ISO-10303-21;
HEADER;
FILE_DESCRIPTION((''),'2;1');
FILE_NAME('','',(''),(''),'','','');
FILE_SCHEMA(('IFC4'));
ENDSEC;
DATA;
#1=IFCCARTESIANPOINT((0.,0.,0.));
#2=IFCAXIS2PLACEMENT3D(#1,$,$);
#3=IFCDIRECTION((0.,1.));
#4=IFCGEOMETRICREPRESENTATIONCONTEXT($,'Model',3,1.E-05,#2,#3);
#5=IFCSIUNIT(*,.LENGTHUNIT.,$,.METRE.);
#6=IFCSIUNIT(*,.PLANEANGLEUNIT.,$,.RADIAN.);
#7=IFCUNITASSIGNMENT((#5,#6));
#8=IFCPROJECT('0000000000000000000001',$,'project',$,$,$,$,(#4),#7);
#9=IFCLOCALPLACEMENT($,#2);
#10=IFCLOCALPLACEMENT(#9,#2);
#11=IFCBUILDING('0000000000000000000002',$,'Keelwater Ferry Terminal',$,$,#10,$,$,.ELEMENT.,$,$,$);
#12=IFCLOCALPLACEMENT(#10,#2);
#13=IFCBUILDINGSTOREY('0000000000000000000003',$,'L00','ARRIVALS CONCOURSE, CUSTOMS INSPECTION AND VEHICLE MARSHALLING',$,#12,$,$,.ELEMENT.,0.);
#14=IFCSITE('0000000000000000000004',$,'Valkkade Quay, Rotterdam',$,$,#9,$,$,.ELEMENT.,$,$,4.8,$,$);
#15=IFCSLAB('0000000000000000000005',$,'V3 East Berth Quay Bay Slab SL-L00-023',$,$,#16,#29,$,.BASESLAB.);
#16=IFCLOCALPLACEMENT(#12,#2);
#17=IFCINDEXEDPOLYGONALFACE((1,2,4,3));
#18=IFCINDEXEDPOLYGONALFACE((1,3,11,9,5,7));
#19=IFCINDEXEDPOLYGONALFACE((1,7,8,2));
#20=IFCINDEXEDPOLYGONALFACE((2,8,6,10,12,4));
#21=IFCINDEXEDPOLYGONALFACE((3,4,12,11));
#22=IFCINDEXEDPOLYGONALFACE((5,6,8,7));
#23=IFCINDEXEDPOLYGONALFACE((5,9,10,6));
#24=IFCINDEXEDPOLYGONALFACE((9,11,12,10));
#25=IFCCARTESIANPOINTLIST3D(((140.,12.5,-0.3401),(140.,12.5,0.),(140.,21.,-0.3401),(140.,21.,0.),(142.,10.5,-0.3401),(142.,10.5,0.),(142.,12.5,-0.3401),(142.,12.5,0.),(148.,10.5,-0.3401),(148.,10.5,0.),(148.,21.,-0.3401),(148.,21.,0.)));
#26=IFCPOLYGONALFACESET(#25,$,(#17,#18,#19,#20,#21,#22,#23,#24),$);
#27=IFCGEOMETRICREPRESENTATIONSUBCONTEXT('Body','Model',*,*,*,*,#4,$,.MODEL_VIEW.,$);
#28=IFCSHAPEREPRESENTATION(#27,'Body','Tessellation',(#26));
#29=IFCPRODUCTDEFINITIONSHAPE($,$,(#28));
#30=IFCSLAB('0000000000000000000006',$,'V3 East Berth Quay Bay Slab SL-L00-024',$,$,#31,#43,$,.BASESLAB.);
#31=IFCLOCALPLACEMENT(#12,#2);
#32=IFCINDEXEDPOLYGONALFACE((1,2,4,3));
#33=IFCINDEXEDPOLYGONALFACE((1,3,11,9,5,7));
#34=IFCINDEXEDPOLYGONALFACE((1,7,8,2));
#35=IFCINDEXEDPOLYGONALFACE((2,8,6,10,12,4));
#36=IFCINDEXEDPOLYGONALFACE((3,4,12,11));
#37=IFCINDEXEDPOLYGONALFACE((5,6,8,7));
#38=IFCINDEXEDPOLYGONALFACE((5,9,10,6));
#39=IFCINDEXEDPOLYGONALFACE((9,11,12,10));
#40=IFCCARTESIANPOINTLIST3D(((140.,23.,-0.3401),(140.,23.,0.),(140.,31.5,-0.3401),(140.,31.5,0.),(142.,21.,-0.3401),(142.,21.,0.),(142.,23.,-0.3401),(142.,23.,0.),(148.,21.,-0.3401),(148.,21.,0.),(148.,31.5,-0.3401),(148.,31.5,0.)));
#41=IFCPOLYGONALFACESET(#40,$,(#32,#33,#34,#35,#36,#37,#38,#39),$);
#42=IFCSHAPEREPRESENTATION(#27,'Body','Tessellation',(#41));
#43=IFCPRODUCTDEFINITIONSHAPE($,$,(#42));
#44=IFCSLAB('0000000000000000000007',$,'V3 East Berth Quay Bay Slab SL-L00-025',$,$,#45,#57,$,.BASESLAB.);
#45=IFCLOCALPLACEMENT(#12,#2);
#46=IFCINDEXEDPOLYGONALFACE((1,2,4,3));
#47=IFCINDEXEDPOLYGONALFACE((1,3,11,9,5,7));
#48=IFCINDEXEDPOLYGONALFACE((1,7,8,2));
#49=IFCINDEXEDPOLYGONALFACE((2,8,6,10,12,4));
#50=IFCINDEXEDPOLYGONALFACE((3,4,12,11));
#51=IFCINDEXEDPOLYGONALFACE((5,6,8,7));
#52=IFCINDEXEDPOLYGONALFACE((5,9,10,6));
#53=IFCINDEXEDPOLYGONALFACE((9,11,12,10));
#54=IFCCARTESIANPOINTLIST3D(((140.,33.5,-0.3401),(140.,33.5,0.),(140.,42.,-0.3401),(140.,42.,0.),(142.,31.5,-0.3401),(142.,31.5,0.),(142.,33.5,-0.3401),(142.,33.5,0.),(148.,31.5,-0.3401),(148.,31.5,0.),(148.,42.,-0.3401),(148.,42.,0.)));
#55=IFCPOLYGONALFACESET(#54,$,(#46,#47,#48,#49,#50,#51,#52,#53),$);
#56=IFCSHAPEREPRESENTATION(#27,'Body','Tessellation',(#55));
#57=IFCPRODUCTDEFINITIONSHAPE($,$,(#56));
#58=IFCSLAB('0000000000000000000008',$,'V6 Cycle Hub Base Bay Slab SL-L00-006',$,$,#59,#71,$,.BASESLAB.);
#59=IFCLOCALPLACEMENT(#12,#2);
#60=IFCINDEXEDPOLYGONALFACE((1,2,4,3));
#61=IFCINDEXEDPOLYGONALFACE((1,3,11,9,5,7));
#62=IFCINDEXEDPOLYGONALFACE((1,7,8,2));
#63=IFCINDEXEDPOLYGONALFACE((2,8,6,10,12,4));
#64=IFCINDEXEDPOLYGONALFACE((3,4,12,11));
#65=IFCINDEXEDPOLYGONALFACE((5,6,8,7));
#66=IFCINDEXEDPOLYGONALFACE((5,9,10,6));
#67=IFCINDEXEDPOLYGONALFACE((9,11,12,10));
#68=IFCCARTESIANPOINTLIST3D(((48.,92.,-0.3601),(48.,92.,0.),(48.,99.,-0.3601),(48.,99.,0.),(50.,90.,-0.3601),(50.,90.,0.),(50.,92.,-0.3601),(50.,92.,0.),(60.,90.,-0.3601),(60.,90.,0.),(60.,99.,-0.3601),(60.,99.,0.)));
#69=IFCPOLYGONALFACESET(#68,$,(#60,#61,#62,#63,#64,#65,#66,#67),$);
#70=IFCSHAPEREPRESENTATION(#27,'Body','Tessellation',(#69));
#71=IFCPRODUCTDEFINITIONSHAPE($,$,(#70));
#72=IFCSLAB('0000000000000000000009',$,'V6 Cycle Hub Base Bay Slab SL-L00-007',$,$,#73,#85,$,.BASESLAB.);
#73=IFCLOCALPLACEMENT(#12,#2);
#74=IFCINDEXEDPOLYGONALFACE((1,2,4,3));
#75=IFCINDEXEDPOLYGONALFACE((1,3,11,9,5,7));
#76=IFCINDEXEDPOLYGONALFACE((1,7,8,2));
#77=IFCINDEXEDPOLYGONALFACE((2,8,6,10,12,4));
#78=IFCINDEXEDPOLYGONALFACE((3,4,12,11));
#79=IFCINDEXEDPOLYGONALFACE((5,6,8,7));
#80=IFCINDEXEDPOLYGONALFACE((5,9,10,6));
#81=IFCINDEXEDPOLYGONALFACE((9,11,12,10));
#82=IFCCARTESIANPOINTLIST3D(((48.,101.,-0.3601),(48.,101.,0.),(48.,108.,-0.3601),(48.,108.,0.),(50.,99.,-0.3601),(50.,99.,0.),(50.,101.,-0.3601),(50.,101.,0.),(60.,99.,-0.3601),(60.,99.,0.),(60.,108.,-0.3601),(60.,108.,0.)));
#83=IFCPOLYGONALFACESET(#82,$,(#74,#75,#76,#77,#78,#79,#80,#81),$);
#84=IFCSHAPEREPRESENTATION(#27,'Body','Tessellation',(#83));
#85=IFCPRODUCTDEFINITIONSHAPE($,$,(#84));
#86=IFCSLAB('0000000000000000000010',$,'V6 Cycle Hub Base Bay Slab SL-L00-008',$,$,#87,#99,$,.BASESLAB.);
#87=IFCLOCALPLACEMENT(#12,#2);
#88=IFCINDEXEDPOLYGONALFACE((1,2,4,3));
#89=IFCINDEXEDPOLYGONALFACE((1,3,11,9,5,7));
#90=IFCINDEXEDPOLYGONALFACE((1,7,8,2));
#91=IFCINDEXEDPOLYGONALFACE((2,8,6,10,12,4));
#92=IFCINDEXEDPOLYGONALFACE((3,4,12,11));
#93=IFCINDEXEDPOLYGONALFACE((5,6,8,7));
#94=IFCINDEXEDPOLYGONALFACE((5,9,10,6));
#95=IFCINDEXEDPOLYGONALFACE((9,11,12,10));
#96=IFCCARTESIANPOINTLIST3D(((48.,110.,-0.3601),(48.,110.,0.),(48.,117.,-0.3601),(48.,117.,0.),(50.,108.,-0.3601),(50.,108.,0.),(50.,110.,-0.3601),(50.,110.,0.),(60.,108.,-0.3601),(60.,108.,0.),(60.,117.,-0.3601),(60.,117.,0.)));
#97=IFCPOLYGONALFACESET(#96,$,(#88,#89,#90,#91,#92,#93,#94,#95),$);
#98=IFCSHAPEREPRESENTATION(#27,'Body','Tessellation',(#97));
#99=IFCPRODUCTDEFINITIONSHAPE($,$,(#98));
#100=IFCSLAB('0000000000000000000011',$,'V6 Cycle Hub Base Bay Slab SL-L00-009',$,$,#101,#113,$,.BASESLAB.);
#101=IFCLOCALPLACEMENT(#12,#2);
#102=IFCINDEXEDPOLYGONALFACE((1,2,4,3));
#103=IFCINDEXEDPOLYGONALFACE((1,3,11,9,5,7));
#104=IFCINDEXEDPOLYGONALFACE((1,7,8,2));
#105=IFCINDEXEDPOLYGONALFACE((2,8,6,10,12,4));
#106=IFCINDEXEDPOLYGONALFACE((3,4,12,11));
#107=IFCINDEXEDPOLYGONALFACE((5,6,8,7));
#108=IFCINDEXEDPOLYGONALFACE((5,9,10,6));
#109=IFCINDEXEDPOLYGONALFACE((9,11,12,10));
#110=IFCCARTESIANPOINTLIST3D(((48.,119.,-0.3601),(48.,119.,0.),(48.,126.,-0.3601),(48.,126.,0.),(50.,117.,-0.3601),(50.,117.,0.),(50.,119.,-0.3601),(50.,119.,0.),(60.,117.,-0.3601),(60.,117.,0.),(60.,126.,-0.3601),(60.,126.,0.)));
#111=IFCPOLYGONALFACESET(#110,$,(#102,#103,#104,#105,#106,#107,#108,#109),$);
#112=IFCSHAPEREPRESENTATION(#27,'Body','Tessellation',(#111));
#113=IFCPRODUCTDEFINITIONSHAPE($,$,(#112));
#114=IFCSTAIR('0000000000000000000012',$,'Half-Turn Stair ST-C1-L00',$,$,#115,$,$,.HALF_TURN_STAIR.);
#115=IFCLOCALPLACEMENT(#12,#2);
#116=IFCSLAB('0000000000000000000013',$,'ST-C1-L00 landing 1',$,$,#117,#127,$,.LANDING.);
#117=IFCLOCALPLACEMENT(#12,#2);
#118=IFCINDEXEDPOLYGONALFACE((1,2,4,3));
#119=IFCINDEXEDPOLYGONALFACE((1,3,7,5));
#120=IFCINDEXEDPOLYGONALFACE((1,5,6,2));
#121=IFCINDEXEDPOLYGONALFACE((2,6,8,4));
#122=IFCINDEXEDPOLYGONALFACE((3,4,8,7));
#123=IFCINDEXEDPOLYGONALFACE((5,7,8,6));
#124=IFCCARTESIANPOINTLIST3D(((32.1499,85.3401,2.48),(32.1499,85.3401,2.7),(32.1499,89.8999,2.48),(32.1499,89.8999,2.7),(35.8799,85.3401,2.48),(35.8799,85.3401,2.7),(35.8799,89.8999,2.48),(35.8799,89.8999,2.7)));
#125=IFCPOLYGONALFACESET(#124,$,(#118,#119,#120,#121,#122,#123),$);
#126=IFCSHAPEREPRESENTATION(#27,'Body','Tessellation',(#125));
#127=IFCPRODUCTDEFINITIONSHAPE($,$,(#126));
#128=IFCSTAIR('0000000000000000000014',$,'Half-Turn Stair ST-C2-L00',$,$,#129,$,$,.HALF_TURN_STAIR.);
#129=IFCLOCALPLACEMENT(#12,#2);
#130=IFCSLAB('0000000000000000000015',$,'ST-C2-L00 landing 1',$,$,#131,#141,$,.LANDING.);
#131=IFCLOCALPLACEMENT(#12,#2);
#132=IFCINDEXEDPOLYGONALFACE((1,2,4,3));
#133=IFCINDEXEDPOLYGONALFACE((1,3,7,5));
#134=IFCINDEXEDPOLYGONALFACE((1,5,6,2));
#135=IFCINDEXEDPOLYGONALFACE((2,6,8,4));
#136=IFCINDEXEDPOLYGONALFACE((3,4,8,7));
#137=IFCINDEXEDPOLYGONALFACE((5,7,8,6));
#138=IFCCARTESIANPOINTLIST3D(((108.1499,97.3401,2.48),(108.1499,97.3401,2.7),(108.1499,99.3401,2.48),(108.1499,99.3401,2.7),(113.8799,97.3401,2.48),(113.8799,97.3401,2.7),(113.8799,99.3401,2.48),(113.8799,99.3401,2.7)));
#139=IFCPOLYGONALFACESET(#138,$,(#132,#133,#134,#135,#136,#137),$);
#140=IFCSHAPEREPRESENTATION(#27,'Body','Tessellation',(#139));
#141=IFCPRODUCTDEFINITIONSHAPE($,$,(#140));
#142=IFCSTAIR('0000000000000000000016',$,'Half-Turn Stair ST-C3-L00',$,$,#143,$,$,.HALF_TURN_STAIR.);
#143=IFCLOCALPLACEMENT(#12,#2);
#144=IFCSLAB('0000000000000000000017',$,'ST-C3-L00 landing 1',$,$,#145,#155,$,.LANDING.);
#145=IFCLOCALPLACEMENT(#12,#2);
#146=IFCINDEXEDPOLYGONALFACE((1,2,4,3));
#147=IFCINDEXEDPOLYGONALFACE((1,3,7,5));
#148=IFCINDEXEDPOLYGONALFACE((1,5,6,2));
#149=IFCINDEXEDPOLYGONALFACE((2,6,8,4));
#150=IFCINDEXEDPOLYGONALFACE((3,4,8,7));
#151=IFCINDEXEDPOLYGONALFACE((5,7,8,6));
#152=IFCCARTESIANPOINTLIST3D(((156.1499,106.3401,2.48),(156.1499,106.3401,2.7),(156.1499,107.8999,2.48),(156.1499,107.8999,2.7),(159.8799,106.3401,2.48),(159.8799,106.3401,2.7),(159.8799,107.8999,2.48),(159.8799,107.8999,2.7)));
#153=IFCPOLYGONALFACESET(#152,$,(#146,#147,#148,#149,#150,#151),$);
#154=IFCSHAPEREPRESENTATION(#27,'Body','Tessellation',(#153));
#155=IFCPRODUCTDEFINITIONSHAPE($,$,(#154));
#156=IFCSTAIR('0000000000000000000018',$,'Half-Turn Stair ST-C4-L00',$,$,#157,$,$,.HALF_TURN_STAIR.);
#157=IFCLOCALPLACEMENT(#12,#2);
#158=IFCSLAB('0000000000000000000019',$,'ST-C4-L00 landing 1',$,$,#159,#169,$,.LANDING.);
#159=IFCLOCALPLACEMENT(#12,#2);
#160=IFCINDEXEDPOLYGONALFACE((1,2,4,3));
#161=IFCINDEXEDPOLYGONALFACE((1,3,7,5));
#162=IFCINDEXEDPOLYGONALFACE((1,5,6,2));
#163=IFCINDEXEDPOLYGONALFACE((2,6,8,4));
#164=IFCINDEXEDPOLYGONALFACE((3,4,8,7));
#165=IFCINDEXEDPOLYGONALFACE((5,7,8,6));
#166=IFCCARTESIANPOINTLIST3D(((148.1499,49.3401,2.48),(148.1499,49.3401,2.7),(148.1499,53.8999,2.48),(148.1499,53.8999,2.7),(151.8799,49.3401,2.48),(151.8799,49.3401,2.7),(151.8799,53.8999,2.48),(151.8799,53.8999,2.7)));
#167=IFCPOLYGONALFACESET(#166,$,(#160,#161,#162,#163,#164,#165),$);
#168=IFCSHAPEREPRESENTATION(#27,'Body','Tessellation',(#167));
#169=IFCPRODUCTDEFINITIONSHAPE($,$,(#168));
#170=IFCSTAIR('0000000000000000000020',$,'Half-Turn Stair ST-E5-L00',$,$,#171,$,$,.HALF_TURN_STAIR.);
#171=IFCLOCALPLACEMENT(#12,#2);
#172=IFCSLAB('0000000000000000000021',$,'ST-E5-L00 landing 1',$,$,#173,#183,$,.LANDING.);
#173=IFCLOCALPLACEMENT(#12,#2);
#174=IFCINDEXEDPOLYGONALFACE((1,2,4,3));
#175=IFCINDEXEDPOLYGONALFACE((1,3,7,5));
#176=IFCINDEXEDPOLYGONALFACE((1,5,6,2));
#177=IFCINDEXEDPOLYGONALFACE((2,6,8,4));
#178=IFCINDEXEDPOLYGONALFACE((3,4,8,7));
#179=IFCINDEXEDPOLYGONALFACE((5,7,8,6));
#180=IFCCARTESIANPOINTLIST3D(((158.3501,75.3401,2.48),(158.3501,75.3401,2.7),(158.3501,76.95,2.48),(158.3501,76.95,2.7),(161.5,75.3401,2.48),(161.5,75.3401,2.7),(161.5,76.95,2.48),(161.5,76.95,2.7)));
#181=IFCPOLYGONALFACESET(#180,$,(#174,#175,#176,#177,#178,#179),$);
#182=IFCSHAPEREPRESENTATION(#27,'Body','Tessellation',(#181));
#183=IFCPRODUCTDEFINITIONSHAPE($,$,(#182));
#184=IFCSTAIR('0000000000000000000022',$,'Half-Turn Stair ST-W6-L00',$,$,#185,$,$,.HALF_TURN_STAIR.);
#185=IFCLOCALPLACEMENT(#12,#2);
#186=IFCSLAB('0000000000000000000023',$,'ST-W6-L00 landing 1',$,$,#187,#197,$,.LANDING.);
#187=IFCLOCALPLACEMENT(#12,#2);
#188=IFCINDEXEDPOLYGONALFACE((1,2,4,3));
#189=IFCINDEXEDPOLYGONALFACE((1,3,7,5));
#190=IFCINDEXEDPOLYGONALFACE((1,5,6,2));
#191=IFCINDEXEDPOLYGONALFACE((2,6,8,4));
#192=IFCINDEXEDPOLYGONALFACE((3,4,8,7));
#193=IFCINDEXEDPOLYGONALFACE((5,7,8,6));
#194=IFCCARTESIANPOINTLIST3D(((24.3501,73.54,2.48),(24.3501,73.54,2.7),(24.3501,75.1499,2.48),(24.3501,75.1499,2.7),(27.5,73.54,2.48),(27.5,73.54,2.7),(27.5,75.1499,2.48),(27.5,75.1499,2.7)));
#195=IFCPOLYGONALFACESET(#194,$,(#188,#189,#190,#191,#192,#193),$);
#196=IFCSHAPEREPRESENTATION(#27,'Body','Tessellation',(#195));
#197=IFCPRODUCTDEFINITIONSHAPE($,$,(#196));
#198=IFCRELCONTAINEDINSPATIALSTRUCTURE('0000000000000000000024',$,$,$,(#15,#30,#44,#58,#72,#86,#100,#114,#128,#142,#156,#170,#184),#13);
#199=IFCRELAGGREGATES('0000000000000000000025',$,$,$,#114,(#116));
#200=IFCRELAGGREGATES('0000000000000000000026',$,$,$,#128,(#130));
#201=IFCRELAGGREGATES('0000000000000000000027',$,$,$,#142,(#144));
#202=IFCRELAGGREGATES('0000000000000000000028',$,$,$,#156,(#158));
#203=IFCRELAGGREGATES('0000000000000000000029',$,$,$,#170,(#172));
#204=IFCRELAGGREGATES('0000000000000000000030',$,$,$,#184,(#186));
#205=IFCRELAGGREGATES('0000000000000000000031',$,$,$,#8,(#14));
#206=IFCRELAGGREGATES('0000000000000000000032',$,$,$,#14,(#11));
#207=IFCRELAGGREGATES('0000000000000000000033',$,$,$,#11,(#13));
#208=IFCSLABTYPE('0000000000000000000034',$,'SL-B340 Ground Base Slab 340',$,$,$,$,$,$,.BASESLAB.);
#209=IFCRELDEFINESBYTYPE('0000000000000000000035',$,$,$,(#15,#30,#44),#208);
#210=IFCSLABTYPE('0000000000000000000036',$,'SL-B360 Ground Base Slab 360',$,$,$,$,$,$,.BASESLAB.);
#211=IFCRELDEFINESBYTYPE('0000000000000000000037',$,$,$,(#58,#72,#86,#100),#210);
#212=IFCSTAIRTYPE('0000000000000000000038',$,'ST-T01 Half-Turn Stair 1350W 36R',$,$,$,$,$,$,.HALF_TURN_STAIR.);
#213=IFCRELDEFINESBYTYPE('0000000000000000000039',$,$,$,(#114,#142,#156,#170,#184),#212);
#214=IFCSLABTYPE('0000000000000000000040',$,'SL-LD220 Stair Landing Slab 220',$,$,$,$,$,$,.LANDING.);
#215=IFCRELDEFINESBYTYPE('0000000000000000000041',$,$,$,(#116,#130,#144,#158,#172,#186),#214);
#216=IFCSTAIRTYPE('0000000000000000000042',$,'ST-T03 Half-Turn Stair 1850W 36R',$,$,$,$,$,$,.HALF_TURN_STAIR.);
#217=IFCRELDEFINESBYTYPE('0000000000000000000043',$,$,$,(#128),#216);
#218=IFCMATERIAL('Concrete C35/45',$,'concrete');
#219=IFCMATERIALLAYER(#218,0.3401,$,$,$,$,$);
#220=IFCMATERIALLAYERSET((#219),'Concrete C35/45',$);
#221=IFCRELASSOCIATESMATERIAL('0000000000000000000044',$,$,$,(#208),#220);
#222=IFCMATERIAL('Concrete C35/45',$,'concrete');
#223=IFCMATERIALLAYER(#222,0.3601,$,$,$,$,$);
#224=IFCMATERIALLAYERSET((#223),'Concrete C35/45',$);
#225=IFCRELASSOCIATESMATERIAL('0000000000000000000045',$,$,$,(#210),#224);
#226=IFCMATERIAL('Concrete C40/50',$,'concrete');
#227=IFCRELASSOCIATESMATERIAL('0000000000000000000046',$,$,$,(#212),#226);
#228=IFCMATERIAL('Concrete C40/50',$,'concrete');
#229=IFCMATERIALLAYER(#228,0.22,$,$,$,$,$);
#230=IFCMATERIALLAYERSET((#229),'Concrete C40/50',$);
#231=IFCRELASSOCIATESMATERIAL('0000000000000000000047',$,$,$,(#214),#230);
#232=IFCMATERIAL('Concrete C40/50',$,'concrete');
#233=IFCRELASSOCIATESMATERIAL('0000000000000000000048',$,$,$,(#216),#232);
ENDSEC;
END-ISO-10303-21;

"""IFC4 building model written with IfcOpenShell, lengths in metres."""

from ifc_helpers import new_model, si_unit, direction, frame, origin, place, context, subcontext, project, spatial, polyline, outline, extrude, material, layer, layer_set, type_object, element, aggregate, save


model = new_model("IFC4")

# Units and contexts
model_context = context("Model", 3, precision=1e-05, world=origin(), true_north=direction((0.0, 1.0)))
body_context = subcontext(model_context, "Body", "Model", "MODEL_VIEW")
ifc_project = project(units=[si_unit("LENGTHUNIT", "METRE"), si_unit("PLANEANGLEUNIT", "RADIAN")], contexts=[model_context])

# Site, building, storey
site_placement = place(None, origin())
site = spatial("IfcSite", under=ifc_project, at=site_placement, Name="Valkkade Quay, Rotterdam", CompositionType="ELEMENT", RefElevation=4.8)
building_placement = place(site_placement, origin())
building = spatial("IfcBuilding", under=site, at=building_placement, Name="Keelwater Ferry Terminal", CompositionType="ELEMENT")
storey_placement = place(building_placement, origin())
storey = spatial("IfcBuildingStorey", under=building, at=storey_placement, Name="L00", Description="ARRIVALS CONCOURSE, CUSTOMS INSPECTION AND VEHICLE MARSHALLING", CompositionType="ELEMENT", Elevation=0.0)

# Slabs
ifc_material_1 = material(Name="Concrete C35/45", Category="concrete")
ifc_layer_1 = layer(ifc_material_1, 0.3401)
ifc_layer_set_1 = layer_set([ifc_layer_1], Name="Concrete C35/45")
slab_type_1 = type_object("IfcSlabType", Name="SL-B340 Ground Base Slab 340", PredefinedType="BASESLAB", material=ifc_layer_set_1)
slab_1_placement = place(storey_placement, frame((0.0, 0.0, -0.3401)))
element("IfcSlab", 1, at=slab_1_placement, inside=storey, type_object=slab_type_1, Name="V3 East Berth Quay Bay Slab SL-L00-023", PredefinedType="BASESLAB", context=body_context, shape_type="SweptSolid", body=[
    extrude(outline(polyline([(142.0, 10.5), (148.0, 10.5), (148.0, 21.0), (140.0, 21.0), (140.0, 12.5), (142.0, 12.5), (142.0, 10.5)])), origin(), (0.0, 0.0, 1.0), 0.3401),
])
slab_2_placement = place(storey_placement, frame((0.0, 0.0, -0.3401)))
element("IfcSlab", 2, at=slab_2_placement, inside=storey, type_object=slab_type_1, Name="V3 East Berth Quay Bay Slab SL-L00-024", PredefinedType="BASESLAB", context=body_context, shape_type="SweptSolid", body=[
    extrude(outline(polyline([(142.0, 21.0), (148.0, 21.0), (148.0, 31.5), (140.0, 31.5), (140.0, 23.0), (142.0, 23.0), (142.0, 21.0)])), origin(), (0.0, 0.0, 1.0), 0.3401),
])
slab_3_placement = place(storey_placement, frame((0.0, 0.0, -0.3401)))
element("IfcSlab", 3, at=slab_3_placement, inside=storey, type_object=slab_type_1, Name="V3 East Berth Quay Bay Slab SL-L00-025", PredefinedType="BASESLAB", context=body_context, shape_type="SweptSolid", body=[
    extrude(outline(polyline([(142.0, 31.5), (148.0, 31.5), (148.0, 42.0), (140.0, 42.0), (140.0, 33.5), (142.0, 33.5), (142.0, 31.5)])), origin(), (0.0, 0.0, 1.0), 0.3401),
])
ifc_material_2 = material(Name="Concrete C35/45", Category="concrete")
ifc_layer_2 = layer(ifc_material_2, 0.3601)
ifc_layer_set_2 = layer_set([ifc_layer_2], Name="Concrete C35/45")
slab_type_2 = type_object("IfcSlabType", Name="SL-B360 Ground Base Slab 360", PredefinedType="BASESLAB", material=ifc_layer_set_2)
slab_4_placement = place(storey_placement, frame((0.0, 0.0, -0.3601)))
element("IfcSlab", 4, at=slab_4_placement, inside=storey, type_object=slab_type_2, Name="V6 Cycle Hub Base Bay Slab SL-L00-006", PredefinedType="BASESLAB", context=body_context, shape_type="SweptSolid", body=[
    extrude(outline(polyline([(50.0, 90.0), (60.0, 90.0), (60.0, 99.0), (48.0, 99.0), (48.0, 92.0), (50.0, 92.0), (50.0, 90.0)])), origin(), (0.0, 0.0, 1.0), 0.3601),
])
slab_5_placement = place(storey_placement, frame((0.0, 0.0, -0.3601)))
element("IfcSlab", 5, at=slab_5_placement, inside=storey, type_object=slab_type_2, Name="V6 Cycle Hub Base Bay Slab SL-L00-007", PredefinedType="BASESLAB", context=body_context, shape_type="SweptSolid", body=[
    extrude(outline(polyline([(50.0, 99.0), (60.0, 99.0), (60.0, 108.0), (48.0, 108.0), (48.0, 101.0), (50.0, 101.0), (50.0, 99.0)])), origin(), (0.0, 0.0, 1.0), 0.3601),
])
slab_6_placement = place(storey_placement, frame((0.0, 0.0, -0.3601)))
element("IfcSlab", 6, at=slab_6_placement, inside=storey, type_object=slab_type_2, Name="V6 Cycle Hub Base Bay Slab SL-L00-008", PredefinedType="BASESLAB", context=body_context, shape_type="SweptSolid", body=[
    extrude(outline(polyline([(50.0, 108.0), (60.0, 108.0), (60.0, 117.0), (48.0, 117.0), (48.0, 110.0), (50.0, 110.0), (50.0, 108.0)])), origin(), (0.0, 0.0, 1.0), 0.3601),
])
slab_7_placement = place(storey_placement, frame((0.0, 0.0, -0.3601)))
element("IfcSlab", 7, at=slab_7_placement, inside=storey, type_object=slab_type_2, Name="V6 Cycle Hub Base Bay Slab SL-L00-009", PredefinedType="BASESLAB", context=body_context, shape_type="SweptSolid", body=[
    extrude(outline(polyline([(50.0, 117.0), (60.0, 117.0), (60.0, 126.0), (48.0, 126.0), (48.0, 119.0), (50.0, 119.0), (50.0, 117.0)])), origin(), (0.0, 0.0, 1.0), 0.3601),
])

# Stairs, slabs
ifc_material_3 = material(Name="Concrete C40/50", Category="concrete")
stair_type_1 = type_object("IfcStairType", Name="ST-T01 Half-Turn Stair 1350W 36R", PredefinedType="HALF_TURN_STAIR", material=ifc_material_3)
stair_1_placement = place(storey_placement, origin())
stair_1 = element("IfcStair", 8, at=stair_1_placement, inside=storey, type_object=stair_type_1, Name="Half-Turn Stair ST-C1-L00", PredefinedType="HALF_TURN_STAIR")
ifc_material_4 = material(Name="Concrete C40/50", Category="concrete")
ifc_layer_3 = layer(ifc_material_4, 0.22)
ifc_layer_set_3 = layer_set([ifc_layer_3], Name="Concrete C40/50")
slab_type_3 = type_object("IfcSlabType", Name="SL-LD220 Stair Landing Slab 220", PredefinedType="LANDING", material=ifc_layer_set_3)
slab_8_placement = place(storey_placement, frame((0.0, 0.0, 2.48)))
slab_8 = element("IfcSlab", 9, at=slab_8_placement, type_object=slab_type_3, Name="ST-C1-L00 landing 1", PredefinedType="LANDING", context=body_context, shape_type="SweptSolid", body=[
    extrude(outline(polyline([(32.1499, 85.3401), (35.8799, 85.3401), (35.8799, 89.8999), (32.1499, 89.8999), (32.1499, 85.3401)])), origin(), (0.0, 0.0, 1.0), 0.22),
])
aggregate(stair_1, [slab_8])
ifc_material_5 = material(Name="Concrete C40/50", Category="concrete")
stair_type_2 = type_object("IfcStairType", Name="ST-T03 Half-Turn Stair 1850W 36R", PredefinedType="HALF_TURN_STAIR", material=ifc_material_5)
stair_2_placement = place(storey_placement, origin())
stair_2 = element("IfcStair", 10, at=stair_2_placement, inside=storey, type_object=stair_type_2, Name="Half-Turn Stair ST-C2-L00", PredefinedType="HALF_TURN_STAIR")
slab_9_placement = place(storey_placement, frame((0.0, 0.0, 2.48)))
slab_9 = element("IfcSlab", 11, at=slab_9_placement, type_object=slab_type_3, Name="ST-C2-L00 landing 1", PredefinedType="LANDING", context=body_context, shape_type="SweptSolid", body=[
    extrude(outline(polyline([(108.1499, 97.3401), (113.8799, 97.3401), (113.8799, 99.3401), (108.1499, 99.3401), (108.1499, 97.3401)])), origin(), (0.0, 0.0, 1.0), 0.22),
])
aggregate(stair_2, [slab_9])
stair_3_placement = place(storey_placement, origin())
stair_3 = element("IfcStair", 12, at=stair_3_placement, inside=storey, type_object=stair_type_1, Name="Half-Turn Stair ST-C3-L00", PredefinedType="HALF_TURN_STAIR")
slab_10_placement = place(storey_placement, frame((0.0, 0.0, 2.48)))
slab_10 = element("IfcSlab", 13, at=slab_10_placement, type_object=slab_type_3, Name="ST-C3-L00 landing 1", PredefinedType="LANDING", context=body_context, shape_type="SweptSolid", body=[
    extrude(outline(polyline([(156.1499, 106.3401), (159.8799, 106.3401), (159.8799, 107.8999), (156.1499, 107.8999), (156.1499, 106.3401)])), origin(), (0.0, 0.0, 1.0), 0.22),
])
aggregate(stair_3, [slab_10])
stair_4_placement = place(storey_placement, origin())
stair_4 = element("IfcStair", 14, at=stair_4_placement, inside=storey, type_object=stair_type_1, Name="Half-Turn Stair ST-C4-L00", PredefinedType="HALF_TURN_STAIR")
slab_11_placement = place(storey_placement, frame((0.0, 0.0, 2.48)))
slab_11 = element("IfcSlab", 15, at=slab_11_placement, type_object=slab_type_3, Name="ST-C4-L00 landing 1", PredefinedType="LANDING", context=body_context, shape_type="SweptSolid", body=[
    extrude(outline(polyline([(148.1499, 49.3401), (151.8799, 49.3401), (151.8799, 53.8999), (148.1499, 53.8999), (148.1499, 49.3401)])), origin(), (0.0, 0.0, 1.0), 0.22),
])
aggregate(stair_4, [slab_11])
stair_5_placement = place(storey_placement, origin())
stair_5 = element("IfcStair", 16, at=stair_5_placement, inside=storey, type_object=stair_type_1, Name="Half-Turn Stair ST-E5-L00", PredefinedType="HALF_TURN_STAIR")
slab_12_placement = place(storey_placement, frame((0.0, 0.0, 2.48)))
slab_12 = element("IfcSlab", 17, at=slab_12_placement, type_object=slab_type_3, Name="ST-E5-L00 landing 1", PredefinedType="LANDING", context=body_context, shape_type="SweptSolid", body=[
    extrude(outline(polyline([(158.3501, 75.3401), (161.5, 75.3401), (161.5, 76.95), (158.3501, 76.95), (158.3501, 75.3401)])), origin(), (0.0, 0.0, 1.0), 0.22),
])
aggregate(stair_5, [slab_12])
stair_6_placement = place(storey_placement, origin())
stair_6 = element("IfcStair", 18, at=stair_6_placement, inside=storey, type_object=stair_type_1, Name="Half-Turn Stair ST-W6-L00", PredefinedType="HALF_TURN_STAIR")
slab_13_placement = place(storey_placement, frame((0.0, 0.0, 2.48)))
slab_13 = element("IfcSlab", 19, at=slab_13_placement, type_object=slab_type_3, Name="ST-W6-L00 landing 1", PredefinedType="LANDING", context=body_context, shape_type="SweptSolid", body=[
    extrude(outline(polyline([(24.3501, 73.54), (27.5, 73.54), (27.5, 75.1499), (24.3501, 75.1499), (24.3501, 73.54)])), origin(), (0.0, 0.0, 1.0), 0.22),
])
aggregate(stair_6, [slab_13])

save(model, "model.ifc")
